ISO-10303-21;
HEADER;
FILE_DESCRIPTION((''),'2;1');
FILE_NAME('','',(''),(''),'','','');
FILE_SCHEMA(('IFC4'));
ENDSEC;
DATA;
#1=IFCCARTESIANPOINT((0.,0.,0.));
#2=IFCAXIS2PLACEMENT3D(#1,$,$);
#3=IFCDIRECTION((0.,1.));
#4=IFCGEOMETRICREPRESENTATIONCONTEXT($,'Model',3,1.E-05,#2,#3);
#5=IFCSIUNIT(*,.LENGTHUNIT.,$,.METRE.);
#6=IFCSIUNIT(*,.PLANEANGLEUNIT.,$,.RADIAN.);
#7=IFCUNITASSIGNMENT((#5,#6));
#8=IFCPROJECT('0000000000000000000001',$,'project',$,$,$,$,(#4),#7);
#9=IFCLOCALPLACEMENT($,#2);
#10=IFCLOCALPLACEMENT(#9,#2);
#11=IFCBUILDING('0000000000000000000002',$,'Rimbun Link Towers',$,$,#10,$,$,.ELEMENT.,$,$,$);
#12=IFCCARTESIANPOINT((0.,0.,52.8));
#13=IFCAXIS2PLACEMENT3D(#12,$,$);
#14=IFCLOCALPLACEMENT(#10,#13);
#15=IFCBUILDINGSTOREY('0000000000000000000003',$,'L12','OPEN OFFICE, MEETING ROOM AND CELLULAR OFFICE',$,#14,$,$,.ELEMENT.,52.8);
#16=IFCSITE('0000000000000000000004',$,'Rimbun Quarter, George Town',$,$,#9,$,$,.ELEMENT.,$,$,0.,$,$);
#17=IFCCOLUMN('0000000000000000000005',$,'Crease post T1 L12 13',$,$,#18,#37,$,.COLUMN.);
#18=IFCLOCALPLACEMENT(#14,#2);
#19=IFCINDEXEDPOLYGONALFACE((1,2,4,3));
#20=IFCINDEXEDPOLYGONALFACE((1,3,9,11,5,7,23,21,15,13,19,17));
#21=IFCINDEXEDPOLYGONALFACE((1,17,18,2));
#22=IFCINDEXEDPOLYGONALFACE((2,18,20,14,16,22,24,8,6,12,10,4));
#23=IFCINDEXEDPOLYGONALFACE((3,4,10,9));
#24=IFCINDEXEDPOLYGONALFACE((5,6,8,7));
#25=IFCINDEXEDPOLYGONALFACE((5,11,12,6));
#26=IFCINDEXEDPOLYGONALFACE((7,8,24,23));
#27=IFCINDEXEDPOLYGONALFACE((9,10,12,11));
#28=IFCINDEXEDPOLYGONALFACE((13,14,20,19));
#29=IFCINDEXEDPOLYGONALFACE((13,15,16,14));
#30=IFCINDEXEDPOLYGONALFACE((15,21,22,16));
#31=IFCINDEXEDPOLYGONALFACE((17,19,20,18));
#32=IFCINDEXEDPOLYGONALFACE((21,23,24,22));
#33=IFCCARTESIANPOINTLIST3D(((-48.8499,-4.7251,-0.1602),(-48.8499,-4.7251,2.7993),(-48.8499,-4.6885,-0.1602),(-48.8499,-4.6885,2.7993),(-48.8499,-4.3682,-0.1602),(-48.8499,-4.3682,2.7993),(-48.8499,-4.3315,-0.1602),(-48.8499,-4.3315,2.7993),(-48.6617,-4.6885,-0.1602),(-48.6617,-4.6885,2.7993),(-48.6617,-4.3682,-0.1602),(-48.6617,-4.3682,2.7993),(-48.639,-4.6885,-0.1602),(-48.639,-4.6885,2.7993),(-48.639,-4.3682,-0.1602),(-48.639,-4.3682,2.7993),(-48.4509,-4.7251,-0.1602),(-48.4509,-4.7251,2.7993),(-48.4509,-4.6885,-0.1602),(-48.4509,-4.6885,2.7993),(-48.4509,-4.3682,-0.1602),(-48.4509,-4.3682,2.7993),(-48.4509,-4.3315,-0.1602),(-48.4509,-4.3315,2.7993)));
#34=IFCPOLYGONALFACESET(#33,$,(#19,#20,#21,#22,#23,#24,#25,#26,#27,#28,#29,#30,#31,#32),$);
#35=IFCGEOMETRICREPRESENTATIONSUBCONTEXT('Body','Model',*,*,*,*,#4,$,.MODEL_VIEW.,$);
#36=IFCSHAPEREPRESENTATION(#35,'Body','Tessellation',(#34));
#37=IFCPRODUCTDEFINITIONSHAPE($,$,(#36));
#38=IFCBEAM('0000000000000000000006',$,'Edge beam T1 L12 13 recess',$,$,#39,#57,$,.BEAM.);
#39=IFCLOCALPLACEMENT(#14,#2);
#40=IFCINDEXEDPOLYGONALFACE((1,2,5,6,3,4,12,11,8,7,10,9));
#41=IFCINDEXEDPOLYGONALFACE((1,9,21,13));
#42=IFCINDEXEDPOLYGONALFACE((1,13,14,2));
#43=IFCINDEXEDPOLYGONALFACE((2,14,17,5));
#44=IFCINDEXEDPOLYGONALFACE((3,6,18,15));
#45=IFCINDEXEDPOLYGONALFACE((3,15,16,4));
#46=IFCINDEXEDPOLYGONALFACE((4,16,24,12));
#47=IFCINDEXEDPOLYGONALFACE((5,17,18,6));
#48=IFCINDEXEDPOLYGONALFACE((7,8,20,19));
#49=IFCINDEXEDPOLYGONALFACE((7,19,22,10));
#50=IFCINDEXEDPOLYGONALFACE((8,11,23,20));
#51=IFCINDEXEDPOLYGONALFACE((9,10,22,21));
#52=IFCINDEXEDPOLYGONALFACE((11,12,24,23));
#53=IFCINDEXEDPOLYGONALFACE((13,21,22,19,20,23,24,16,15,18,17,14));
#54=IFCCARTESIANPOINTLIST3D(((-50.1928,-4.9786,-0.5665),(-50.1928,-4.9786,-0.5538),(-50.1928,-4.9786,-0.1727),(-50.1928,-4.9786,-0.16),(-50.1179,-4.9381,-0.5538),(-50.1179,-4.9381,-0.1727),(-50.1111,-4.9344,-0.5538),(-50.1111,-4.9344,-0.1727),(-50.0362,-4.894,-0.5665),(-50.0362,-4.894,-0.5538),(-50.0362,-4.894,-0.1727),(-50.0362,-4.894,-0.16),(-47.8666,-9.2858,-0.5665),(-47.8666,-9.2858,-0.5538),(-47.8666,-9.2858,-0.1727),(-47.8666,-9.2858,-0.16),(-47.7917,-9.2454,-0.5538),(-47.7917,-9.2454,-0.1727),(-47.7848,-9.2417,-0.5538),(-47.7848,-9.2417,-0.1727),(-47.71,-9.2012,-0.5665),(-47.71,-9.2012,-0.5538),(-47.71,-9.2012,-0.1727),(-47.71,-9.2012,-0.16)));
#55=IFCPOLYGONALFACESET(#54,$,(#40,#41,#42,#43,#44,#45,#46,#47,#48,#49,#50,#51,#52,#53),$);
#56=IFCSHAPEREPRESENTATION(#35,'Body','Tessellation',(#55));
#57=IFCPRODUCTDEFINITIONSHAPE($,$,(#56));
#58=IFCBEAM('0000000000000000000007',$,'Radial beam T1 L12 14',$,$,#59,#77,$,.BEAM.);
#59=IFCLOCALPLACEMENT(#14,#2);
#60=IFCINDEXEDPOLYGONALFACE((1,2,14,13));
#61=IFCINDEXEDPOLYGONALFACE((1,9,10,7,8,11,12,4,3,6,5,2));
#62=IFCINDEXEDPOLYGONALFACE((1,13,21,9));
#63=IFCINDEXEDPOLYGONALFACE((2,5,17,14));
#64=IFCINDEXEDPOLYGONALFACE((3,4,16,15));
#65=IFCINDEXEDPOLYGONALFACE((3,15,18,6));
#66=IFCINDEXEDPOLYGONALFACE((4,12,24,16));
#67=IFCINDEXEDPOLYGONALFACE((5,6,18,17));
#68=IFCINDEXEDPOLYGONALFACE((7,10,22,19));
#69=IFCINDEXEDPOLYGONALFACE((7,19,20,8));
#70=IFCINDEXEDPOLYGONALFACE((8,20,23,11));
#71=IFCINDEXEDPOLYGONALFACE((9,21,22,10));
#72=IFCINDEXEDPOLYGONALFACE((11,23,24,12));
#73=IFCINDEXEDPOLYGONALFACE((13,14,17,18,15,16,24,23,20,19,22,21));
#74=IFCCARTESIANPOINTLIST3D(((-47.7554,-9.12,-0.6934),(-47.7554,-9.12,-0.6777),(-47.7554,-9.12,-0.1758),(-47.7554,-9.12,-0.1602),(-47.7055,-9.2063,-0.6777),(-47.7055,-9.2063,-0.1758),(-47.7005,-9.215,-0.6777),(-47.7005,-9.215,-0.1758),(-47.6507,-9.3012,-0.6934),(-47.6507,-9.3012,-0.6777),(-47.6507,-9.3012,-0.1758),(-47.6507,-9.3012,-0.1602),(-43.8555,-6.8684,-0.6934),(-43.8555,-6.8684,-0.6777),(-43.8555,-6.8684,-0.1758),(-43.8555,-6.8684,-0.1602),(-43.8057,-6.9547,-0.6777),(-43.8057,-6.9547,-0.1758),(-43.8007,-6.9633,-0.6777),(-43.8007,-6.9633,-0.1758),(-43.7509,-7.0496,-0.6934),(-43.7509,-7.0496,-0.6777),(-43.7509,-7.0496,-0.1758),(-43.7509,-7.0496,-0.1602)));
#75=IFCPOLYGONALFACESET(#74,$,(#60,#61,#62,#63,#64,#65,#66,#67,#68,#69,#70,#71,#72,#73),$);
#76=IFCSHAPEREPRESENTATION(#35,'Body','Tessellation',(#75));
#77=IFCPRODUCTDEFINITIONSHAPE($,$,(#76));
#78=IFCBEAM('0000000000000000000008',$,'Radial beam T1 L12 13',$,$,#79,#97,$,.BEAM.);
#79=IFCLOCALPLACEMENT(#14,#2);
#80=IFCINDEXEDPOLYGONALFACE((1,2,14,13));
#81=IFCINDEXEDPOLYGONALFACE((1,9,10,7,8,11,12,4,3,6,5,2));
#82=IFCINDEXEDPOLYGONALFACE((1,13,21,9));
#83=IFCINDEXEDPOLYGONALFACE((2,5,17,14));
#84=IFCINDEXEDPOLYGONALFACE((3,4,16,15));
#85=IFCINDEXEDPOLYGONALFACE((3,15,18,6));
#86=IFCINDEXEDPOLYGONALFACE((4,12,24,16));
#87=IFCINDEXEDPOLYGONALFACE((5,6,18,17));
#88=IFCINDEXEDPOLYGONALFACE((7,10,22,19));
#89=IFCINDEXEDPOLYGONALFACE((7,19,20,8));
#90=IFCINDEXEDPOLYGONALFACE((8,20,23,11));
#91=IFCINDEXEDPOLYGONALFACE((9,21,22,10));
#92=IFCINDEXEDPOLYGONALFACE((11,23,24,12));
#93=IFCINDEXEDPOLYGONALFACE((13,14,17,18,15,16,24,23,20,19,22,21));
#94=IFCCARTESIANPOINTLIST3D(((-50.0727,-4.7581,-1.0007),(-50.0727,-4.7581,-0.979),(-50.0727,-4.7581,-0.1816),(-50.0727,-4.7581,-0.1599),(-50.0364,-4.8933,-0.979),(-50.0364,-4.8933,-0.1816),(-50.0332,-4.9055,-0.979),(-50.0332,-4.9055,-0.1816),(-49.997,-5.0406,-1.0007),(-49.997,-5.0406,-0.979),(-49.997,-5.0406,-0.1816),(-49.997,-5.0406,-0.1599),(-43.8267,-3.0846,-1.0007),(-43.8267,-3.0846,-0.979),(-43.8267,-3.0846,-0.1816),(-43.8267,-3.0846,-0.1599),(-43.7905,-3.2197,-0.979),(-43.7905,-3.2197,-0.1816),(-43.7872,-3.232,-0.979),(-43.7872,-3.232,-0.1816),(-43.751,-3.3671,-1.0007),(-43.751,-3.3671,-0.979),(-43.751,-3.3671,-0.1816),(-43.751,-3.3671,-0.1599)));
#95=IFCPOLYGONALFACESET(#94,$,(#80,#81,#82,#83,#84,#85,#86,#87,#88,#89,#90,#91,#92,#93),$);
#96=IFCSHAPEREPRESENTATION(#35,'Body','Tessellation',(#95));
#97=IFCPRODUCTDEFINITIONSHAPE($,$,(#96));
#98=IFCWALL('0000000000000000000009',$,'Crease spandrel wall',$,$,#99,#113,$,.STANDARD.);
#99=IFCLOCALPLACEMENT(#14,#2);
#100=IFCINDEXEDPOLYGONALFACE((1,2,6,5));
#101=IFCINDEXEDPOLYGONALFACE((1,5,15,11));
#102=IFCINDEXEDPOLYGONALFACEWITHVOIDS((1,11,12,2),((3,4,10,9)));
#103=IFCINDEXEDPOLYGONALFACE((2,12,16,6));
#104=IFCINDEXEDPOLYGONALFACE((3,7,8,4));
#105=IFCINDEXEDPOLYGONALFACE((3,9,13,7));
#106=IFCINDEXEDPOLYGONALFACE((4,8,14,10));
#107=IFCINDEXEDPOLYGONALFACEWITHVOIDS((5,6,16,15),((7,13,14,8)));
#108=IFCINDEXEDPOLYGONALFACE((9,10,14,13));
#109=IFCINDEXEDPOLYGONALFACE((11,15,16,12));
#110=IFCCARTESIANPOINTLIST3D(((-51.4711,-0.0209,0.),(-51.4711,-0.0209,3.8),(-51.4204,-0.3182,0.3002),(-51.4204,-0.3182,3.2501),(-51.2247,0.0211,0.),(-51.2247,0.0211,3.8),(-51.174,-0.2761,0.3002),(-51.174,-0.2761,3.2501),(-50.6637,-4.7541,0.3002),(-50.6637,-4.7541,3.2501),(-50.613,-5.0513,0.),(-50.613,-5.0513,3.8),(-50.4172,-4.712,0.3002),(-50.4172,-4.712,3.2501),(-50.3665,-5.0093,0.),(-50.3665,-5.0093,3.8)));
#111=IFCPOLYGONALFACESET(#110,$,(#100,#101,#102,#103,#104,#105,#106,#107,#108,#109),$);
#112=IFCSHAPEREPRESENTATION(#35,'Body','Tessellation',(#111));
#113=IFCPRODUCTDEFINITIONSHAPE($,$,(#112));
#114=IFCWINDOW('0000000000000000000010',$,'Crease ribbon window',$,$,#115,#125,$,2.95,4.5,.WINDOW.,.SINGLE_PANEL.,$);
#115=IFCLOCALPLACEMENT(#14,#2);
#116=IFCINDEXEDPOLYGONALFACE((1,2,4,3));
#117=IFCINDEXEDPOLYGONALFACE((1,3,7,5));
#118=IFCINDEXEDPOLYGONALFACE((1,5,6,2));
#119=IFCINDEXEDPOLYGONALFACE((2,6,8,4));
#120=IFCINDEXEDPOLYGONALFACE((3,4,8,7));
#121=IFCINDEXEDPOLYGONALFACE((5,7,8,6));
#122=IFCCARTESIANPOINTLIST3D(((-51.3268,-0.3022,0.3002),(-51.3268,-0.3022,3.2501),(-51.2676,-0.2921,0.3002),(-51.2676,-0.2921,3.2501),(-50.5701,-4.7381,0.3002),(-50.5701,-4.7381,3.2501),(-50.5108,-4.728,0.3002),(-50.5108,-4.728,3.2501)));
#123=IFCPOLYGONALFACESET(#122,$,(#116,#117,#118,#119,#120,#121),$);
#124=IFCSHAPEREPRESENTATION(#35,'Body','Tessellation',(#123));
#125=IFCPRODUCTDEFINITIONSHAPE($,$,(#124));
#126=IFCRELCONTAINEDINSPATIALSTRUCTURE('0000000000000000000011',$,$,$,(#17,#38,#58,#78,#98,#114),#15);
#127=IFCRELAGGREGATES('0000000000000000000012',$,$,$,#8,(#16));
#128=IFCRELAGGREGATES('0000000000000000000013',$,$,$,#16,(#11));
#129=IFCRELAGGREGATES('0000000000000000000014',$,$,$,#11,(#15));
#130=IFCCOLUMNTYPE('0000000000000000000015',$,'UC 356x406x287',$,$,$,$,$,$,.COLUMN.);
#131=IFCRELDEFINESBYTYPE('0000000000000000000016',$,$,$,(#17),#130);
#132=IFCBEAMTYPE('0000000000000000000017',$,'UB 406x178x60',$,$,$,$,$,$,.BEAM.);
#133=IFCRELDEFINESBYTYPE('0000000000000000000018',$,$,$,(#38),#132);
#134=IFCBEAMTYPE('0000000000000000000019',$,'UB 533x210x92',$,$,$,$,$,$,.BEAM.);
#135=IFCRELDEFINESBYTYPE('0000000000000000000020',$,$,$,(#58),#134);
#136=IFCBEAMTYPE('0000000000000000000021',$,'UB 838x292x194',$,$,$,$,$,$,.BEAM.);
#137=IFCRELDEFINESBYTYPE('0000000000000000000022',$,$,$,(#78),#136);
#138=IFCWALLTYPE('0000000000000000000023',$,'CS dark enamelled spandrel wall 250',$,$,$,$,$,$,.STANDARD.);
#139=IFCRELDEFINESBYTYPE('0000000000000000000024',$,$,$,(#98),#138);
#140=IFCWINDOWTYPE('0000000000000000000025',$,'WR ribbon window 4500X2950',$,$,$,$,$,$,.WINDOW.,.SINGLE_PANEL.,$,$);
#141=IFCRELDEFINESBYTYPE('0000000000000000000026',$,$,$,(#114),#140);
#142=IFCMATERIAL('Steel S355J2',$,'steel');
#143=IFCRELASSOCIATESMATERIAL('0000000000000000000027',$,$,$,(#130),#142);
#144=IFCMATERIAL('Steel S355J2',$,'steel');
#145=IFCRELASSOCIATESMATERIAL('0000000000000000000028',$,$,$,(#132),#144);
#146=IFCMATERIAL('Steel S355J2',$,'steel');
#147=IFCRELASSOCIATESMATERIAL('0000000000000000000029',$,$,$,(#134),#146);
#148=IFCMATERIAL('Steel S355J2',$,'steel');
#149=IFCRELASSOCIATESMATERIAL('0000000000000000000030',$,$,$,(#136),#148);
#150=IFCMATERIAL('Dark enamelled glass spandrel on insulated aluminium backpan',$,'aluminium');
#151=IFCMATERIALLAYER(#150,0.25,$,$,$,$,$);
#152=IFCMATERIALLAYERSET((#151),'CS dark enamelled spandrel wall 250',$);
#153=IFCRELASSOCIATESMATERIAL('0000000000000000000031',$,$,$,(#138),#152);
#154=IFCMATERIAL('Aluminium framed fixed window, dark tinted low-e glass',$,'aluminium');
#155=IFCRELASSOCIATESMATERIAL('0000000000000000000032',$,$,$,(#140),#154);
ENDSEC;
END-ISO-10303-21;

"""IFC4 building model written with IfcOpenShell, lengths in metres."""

from ifc_helpers import new_model, si_unit, direction, frame, frame_2d, origin, origin_2d, place, context, subcontext, project, spatial, rectangle, i_section, extrude, material, layer, layer_set, material_profile, profile_set, type_object, element, fill, save


model = new_model("IFC4")

# Units and contexts
model_context = context("Model", 3, precision=1e-05, world=origin(), true_north=direction((0.0, 1.0)))
body_context = subcontext(model_context, "Body", "Model", "MODEL_VIEW")
ifc_project = project(units=[si_unit("LENGTHUNIT", "METRE"), si_unit("PLANEANGLEUNIT", "RADIAN")], contexts=[model_context])

# Site, building, storey
site_placement = place(None, origin())
site = spatial("IfcSite", under=ifc_project, at=site_placement, Name="Rimbun Quarter, George Town", CompositionType="ELEMENT", RefElevation=0.0)
building_placement = place(site_placement, origin())
building = spatial("IfcBuilding", under=site, at=building_placement, Name="Rimbun Link Towers", CompositionType="ELEMENT")
storey_placement = place(building_placement, frame((0.0, 0.0, 52.8)))
storey = spatial("IfcBuildingStorey", under=building, at=storey_placement, Name="L12", Description="OPEN OFFICE, MEETING ROOM AND CELLULAR OFFICE", CompositionType="ELEMENT", Elevation=52.8)

# Column
ifc_material_1 = material(Name="Steel S355J2", Category="steel")
ifc_material_profile_1 = material_profile(ifc_material_1, i_section(OverallWidth=0.3989, OverallDepth=0.3936, WebThickness=0.0227, FlangeThickness=0.0366, at=origin_2d()), Name="UC 356x406x287")
ifc_profile_set_1 = profile_set([ifc_material_profile_1], Name="Steel S355J2")
column_type = type_object("IfcColumnType", Name="UC 356x406x287", PredefinedType="COLUMN", material=ifc_profile_set_1)
column_placement = place(storey_placement, frame((-48.6504, -4.5283, -0.1602), z_axis=(0.0, 0.0, 1.0), x_axis=(1.0, 0.0, 0.0)))
element("IfcColumn", 1, at=column_placement, inside=storey, type_object=column_type, Name="Crease post T1 L12 13", PredefinedType="COLUMN", context=body_context, shape_type="SweptSolid", body=[
    extrude(i_section(OverallWidth=0.3989, OverallDepth=0.3936, WebThickness=0.0227, FlangeThickness=0.0366, at=origin_2d()), origin(), (0.0, 0.0, 1.0), 2.9595),
])

# Beams
ifc_material_2 = material(Name="Steel S355J2", Category="steel")
ifc_material_profile_2 = material_profile(ifc_material_2, i_section(OverallWidth=0.178, OverallDepth=0.4065, WebThickness=0.0078, FlangeThickness=0.0127, at=origin_2d()), Name="UB 406x178x60")
ifc_profile_set_2 = profile_set([ifc_material_profile_2], Name="Steel S355J2")
beam_type_1 = type_object("IfcBeamType", Name="UB 406x178x60", PredefinedType="BEAM", material=ifc_profile_set_2)
beam_1_placement = place(storey_placement, frame((-50.1145, -4.9363, -0.3633), z_axis=(0.4752, -0.879878, 0.0), x_axis=(0.879878, 0.4752, 0.0)))
element("IfcBeam", 2, at=beam_1_placement, inside=storey, type_object=beam_type_1, Name="Edge beam T1 L12 13 recess", PredefinedType="BEAM", context=body_context, shape_type="SweptSolid", body=[
    extrude(i_section(OverallWidth=0.178, OverallDepth=0.4065, WebThickness=0.0078, FlangeThickness=0.0127, at=origin_2d()), origin(), (0.0, 0.0, 1.0), 4.8953),
])
ifc_material_3 = material(Name="Steel S355J2", Category="steel")
ifc_material_profile_3 = material_profile(ifc_material_3, i_section(OverallWidth=0.2092, OverallDepth=0.5332, WebThickness=0.01, FlangeThickness=0.0156, at=origin_2d()), Name="UB 533x210x92")
ifc_profile_set_3 = profile_set([ifc_material_profile_3], Name="Steel S355J2")
beam_type_2 = type_object("IfcBeamType", Name="UB 533x210x92", PredefinedType="BEAM", material=ifc_profile_set_3)
beam_2_placement = place(storey_placement, frame((-43.8032, -6.959, -0.4268), z_axis=(-0.866016, -0.500017, 0.0), x_axis=(0.500017, -0.866016, 0.0)))
element("IfcBeam", 3, at=beam_2_placement, inside=storey, type_object=beam_type_2, Name="Radial beam T1 L12 14", PredefinedType="BEAM", context=body_context, shape_type="SweptSolid", body=[
    extrude(i_section(OverallWidth=0.2092, OverallDepth=0.5332, WebThickness=0.01, FlangeThickness=0.0156, at=origin_2d()), origin(), (0.0, 0.0, 1.0), 4.5032),
])
ifc_material_4 = material(Name="Steel S355J2", Category="steel")
ifc_material_profile_4 = material_profile(ifc_material_4, i_section(OverallWidth=0.2925, OverallDepth=0.8408, WebThickness=0.0127, FlangeThickness=0.0217, at=origin_2d()), Name="UB 838x292x194")
ifc_profile_set_4 = profile_set([ifc_material_profile_4], Name="Steel S355J2")
beam_type_3 = type_object("IfcBeamType", Name="UB 838x292x194", PredefinedType="BEAM", material=ifc_profile_set_4)
beam_3_placement = place(storey_placement, frame((-43.7888, -3.2258, -0.5803), z_axis=(-0.965928, -0.258812, 0.0), x_axis=(0.258812, -0.965928, 0.0)))
element("IfcBeam", 4, at=beam_3_placement, inside=storey, type_object=beam_type_3, Name="Radial beam T1 L12 13", PredefinedType="BEAM", context=body_context, shape_type="SweptSolid", body=[
    extrude(i_section(OverallWidth=0.2925, OverallDepth=0.8408, WebThickness=0.0127, FlangeThickness=0.0217, at=origin_2d()), origin(), (0.0, 0.0, 1.0), 6.4663),
])

# Wall, opening, window
ifc_material_5 = material(Name="Dark enamelled glass spandrel on insulated aluminium backpan", Category="aluminium")
ifc_layer_1 = layer(ifc_material_5, 0.25)
ifc_layer_set_1 = layer_set([ifc_layer_1], Name="CS dark enamelled spandrel wall 250")
wall_type_1 = type_object("IfcWallType", Name="CS dark enamelled spandrel wall 250", PredefinedType="STANDARD", material=ifc_layer_set_1)
wall_1_placement = place(storey_placement, frame((-50.4897, -5.0303, 0.0), z_axis=(0.0, 0.0, 1.0), x_axis=(-0.168168, 0.985758, 0.0)))
wall_1 = element("IfcWall", 5, at=wall_1_placement, inside=storey, type_object=wall_type_1, Name="Crease spandrel wall", PredefinedType="STANDARD", context=body_context, shape_type="SweptSolid", body=[
    extrude(rectangle(XDim=5.103, YDim=0.25, at=frame_2d((2.5515, 0.0))), origin(), (0.0, 0.0, 1.0), 3.8),
])
opening_1_placement = place(wall_1_placement, frame((0.3015, 0.0, 0.3)))
opening_1 = element("IfcOpeningElement", 6, at=opening_1_placement, cuts=wall_1, PredefinedType="OPENING", context=body_context, shape_type="SweptSolid", body=[
    extrude(rectangle(XDim=4.5, YDim=2.95, at=frame_2d((2.25, 1.4751))), frame((0.0, 0.135, 0.0), z_axis=(0.0, -1.0, 0.0), x_axis=(1.0, 0.0, 0.0)), (0.0, 0.0, 1.0), 0.27),
])
ifc_material_6 = material(Name="Aluminium framed fixed window, dark tinted low-e glass", Category="aluminium")
window_type = type_object("IfcWindowType", Name="WR ribbon window 4500X2950", PartitioningType="SINGLE_PANEL", PredefinedType="WINDOW", material=ifc_material_6)
window_placement = place(opening_1_placement, origin())
window = element("IfcWindow", 7, at=window_placement, inside=storey, type_object=window_type, Name="Crease ribbon window", OverallHeight=2.95, OverallWidth=4.5, PartitioningType="SINGLE_PANEL", PredefinedType="WINDOW", context=body_context, shape_type="SweptSolid", body=[
    extrude(rectangle(XDim=4.5, YDim=2.95, at=frame_2d((2.25, 1.4751))), frame((0.0, 0.03, 0.0), z_axis=(0.0, -1.0, 0.0), x_axis=(1.0, 0.0, 0.0)), (0.0, 0.0, 1.0), 0.0601),
])
fill(opening_1, window)

save(model, "model.ifc")
